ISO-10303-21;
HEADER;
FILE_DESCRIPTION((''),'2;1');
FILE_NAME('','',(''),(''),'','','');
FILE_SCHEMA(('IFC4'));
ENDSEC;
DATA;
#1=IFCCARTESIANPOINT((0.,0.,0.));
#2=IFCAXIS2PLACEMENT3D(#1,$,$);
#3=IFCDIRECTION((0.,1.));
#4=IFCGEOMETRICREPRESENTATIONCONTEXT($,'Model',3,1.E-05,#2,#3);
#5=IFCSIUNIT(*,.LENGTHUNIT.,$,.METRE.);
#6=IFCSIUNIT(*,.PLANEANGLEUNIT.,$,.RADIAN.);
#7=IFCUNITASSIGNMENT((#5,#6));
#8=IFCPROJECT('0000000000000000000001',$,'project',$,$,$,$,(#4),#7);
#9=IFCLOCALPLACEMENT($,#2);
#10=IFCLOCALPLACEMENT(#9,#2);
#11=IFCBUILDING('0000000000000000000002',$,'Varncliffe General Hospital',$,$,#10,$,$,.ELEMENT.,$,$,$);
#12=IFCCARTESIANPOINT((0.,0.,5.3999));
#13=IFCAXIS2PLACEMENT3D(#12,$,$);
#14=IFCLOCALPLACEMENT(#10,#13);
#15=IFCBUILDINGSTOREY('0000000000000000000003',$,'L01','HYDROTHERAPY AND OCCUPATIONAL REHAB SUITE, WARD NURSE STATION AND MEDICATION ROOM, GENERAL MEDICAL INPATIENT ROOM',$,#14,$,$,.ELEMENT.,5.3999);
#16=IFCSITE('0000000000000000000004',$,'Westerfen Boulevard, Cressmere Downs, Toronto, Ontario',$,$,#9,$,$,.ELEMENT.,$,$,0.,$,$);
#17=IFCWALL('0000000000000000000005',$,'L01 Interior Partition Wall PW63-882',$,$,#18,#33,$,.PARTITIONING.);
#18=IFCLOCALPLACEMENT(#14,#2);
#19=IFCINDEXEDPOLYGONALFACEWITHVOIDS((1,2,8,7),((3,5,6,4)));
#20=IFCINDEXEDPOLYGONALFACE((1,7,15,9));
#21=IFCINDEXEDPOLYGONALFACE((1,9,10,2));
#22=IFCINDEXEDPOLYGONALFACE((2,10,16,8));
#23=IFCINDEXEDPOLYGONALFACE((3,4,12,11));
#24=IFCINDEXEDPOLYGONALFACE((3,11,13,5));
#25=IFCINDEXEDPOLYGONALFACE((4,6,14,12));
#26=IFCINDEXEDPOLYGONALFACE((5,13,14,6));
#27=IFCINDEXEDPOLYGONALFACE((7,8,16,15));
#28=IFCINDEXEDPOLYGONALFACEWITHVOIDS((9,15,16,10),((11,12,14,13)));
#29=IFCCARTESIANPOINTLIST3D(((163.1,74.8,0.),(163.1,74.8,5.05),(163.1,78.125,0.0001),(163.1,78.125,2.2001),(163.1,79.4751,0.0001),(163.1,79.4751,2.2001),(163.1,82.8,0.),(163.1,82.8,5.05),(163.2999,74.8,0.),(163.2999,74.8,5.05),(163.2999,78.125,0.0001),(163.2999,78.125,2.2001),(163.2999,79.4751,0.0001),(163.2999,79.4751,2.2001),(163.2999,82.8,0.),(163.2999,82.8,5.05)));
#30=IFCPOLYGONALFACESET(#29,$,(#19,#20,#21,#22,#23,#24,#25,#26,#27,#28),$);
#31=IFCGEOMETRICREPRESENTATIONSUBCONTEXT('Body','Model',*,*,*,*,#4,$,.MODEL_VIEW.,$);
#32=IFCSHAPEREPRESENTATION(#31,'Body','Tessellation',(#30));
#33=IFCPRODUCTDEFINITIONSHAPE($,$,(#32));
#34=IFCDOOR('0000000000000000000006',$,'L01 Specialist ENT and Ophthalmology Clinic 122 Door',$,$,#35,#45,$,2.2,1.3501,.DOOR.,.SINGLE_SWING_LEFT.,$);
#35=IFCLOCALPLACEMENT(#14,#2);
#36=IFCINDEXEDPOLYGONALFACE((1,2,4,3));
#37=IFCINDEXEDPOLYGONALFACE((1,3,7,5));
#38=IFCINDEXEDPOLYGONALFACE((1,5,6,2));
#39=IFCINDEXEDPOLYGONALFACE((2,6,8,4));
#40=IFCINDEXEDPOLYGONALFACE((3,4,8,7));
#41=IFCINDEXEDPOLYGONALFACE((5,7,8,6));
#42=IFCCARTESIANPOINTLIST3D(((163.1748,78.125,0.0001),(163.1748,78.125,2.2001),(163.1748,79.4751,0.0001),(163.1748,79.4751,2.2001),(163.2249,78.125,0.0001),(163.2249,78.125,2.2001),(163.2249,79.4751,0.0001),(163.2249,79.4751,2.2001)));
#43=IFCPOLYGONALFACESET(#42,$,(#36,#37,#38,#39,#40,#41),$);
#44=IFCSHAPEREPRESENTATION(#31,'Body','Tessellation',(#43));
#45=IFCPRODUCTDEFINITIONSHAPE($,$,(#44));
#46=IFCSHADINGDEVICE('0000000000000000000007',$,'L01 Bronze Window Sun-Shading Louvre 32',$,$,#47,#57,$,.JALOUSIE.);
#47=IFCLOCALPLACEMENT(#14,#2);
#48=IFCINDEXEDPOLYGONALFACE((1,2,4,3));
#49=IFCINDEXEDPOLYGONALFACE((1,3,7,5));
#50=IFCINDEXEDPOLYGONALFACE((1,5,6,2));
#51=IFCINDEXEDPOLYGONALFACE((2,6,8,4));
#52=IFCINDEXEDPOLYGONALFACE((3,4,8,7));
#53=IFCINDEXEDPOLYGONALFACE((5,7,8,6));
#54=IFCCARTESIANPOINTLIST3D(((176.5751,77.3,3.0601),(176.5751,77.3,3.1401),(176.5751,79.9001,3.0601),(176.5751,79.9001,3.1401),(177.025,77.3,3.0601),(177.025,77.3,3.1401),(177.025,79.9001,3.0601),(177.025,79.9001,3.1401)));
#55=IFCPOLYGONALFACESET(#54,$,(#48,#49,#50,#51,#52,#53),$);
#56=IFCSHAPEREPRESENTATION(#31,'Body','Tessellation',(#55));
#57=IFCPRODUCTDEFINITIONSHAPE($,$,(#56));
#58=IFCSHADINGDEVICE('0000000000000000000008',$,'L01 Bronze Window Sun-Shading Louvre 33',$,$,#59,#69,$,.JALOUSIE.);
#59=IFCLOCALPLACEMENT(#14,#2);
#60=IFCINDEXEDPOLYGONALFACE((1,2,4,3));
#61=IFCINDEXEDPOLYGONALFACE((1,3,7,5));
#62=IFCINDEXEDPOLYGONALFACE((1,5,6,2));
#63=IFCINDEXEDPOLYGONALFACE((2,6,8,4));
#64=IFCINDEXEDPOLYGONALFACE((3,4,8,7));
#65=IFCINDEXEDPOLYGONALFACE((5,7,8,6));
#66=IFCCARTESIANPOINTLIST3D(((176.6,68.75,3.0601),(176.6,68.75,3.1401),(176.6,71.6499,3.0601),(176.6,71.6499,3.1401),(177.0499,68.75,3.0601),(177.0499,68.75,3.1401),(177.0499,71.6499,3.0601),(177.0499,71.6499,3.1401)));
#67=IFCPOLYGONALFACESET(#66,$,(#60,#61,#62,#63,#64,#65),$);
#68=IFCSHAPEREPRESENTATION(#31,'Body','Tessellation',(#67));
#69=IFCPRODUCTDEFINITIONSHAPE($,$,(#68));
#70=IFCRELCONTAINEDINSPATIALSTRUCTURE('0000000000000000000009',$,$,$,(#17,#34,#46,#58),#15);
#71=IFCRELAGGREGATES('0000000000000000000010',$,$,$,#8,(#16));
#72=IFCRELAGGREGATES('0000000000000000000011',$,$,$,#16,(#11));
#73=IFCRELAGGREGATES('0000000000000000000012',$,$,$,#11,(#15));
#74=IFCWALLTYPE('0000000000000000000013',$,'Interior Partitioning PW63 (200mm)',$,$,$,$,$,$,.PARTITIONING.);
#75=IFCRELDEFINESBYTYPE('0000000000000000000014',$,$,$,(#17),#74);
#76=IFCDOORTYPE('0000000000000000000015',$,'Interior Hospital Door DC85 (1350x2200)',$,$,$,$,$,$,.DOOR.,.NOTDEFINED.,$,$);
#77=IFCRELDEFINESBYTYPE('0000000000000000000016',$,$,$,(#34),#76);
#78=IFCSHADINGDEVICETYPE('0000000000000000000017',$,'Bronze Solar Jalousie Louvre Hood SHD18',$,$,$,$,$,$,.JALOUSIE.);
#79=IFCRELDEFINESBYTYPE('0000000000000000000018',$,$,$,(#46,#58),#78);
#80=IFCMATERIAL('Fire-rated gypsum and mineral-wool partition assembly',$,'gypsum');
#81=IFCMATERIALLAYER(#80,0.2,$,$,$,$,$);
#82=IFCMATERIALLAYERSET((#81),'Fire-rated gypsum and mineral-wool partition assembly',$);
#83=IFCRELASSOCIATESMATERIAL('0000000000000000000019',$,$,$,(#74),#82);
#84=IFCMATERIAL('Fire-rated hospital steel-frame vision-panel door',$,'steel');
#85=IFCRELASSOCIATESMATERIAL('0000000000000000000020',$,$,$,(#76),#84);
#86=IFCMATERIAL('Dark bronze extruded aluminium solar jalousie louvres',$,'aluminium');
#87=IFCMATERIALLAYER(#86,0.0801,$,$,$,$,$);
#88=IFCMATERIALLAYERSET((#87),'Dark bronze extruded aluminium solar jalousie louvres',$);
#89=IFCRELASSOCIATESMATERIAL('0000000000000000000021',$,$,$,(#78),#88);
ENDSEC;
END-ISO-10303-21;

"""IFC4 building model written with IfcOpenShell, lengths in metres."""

from ifc_helpers import new_model, si_unit, direction, frame, frame_2d, origin, origin_2d, place, context, subcontext, project, spatial, rectangle, extrude, material, layer, layer_set, type_object, element, fill, save


model = new_model("IFC4")

# Units and contexts
model_context = context("Model", 3, precision=1e-05, world=origin(), true_north=direction((0.0, 1.0)))
body_context = subcontext(model_context, "Body", "Model", "MODEL_VIEW")
ifc_project = project(units=[si_unit("LENGTHUNIT", "METRE"), si_unit("PLANEANGLEUNIT", "RADIAN")], contexts=[model_context])

# Site, building, storey
site_placement = place(None, origin())
site = spatial("IfcSite", under=ifc_project, at=site_placement, Name="Westerfen Boulevard, Cressmere Downs, Toronto, Ontario", CompositionType="ELEMENT", RefElevation=0.0)
building_placement = place(site_placement, origin())
building = spatial("IfcBuilding", under=site, at=building_placement, Name="Varncliffe General Hospital", CompositionType="ELEMENT")
storey_placement = place(building_placement, frame((0.0, 0.0, 5.3999)))
storey = spatial("IfcBuildingStorey", under=building, at=storey_placement, Name="L01", Description="HYDROTHERAPY AND OCCUPATIONAL REHAB SUITE, WARD NURSE STATION AND MEDICATION ROOM, GENERAL MEDICAL INPATIENT ROOM", CompositionType="ELEMENT", Elevation=5.3999)

# Wall, opening, door
ifc_material_1 = material(Name="Fire-rated gypsum and mineral-wool partition assembly", Category="gypsum")
ifc_layer_1 = layer(ifc_material_1, 0.2)
ifc_layer_set_1 = layer_set([ifc_layer_1], Name="Fire-rated gypsum and mineral-wool partition assembly")
wall_type_1 = type_object("IfcWallType", Name="Interior Partitioning PW63 (200mm)", PredefinedType="PARTITIONING", material=ifc_layer_set_1)
ifc_material_2 = material(Name="Fire-rated hospital steel-frame vision-panel door", Category="steel")
wall_1_placement = place(storey_placement, frame((163.2, 74.8, 0.0), z_axis=(0.0, 0.0, 1.0), x_axis=(0.0, 1.0, 0.0)))
wall_1 = element("IfcWall", 1, at=wall_1_placement, inside=storey, type_object=wall_type_1, Name="L01 Interior Partition Wall PW63-882", PredefinedType="PARTITIONING", context=body_context, shape_type="SweptSolid", body=[
    extrude(rectangle(XDim=8.0, YDim=0.2, at=frame_2d((4.0, 0.0))), origin(), (0.0, 0.0, 1.0), 5.05),
])
opening_1_placement = place(wall_1_placement, frame((3.325, 0.0, 0.0)))
opening_1 = element("IfcOpeningElement", 2, at=opening_1_placement, cuts=wall_1, PredefinedType="OPENING", context=body_context, shape_type="SweptSolid", body=[
    extrude(rectangle(XDim=1.3501, YDim=2.2, at=frame_2d((0.675, 1.1001))), frame((0.0, 0.1099, 0.0), z_axis=(0.0, -1.0, 0.0), x_axis=(1.0, 0.0, 0.0)), (0.0, 0.0, 1.0), 0.22),
])
door_type_1 = type_object("IfcDoorType", Name="Interior Hospital Door DC85 (1350x2200)", OperationType="NOTDEFINED", PredefinedType="DOOR", material=ifc_material_2)
door_1_placement = place(opening_1_placement, frame((1.3501, 0.0, 0.0), z_axis=(0.0, 0.0, 1.0), x_axis=(-1.0, 0.0, 0.0)))
door_1 = element("IfcDoor", 3, at=door_1_placement, inside=storey, type_object=door_type_1, Name="L01 Specialist ENT and Ophthalmology Clinic 122 Door", OperationType="SINGLE_SWING_LEFT", OverallHeight=2.2, OverallWidth=1.3501, PredefinedType="DOOR", context=body_context, shape_type="SweptSolid", body=[
    extrude(rectangle(XDim=1.3501, YDim=2.2, at=frame_2d((0.675, 1.1001))), frame((0.0, 0.0249, 0.0), z_axis=(0.0, -1.0, 0.0), x_axis=(1.0, 0.0, 0.0)), (0.0, 0.0, 1.0), 0.05),
])
fill(opening_1, door_1)

# Shading devices
ifc_material_3 = material(Name="Dark bronze extruded aluminium solar jalousie louvres", Category="aluminium")
ifc_layer_2 = layer(ifc_material_3, 0.0801)
ifc_layer_set_2 = layer_set([ifc_layer_2], Name="Dark bronze extruded aluminium solar jalousie louvres")
shading_device_type = type_object("IfcShadingDeviceType", Name="Bronze Solar Jalousie Louvre Hood SHD18", PredefinedType="JALOUSIE", material=ifc_layer_set_2)
shading_device_1_placement = place(storey_placement, frame((176.8, 78.6001, 3.0601), z_axis=(0.0, 0.0, 1.0), x_axis=(0.0, -1.0, 0.0)))
element("IfcShadingDevice", 4, at=shading_device_1_placement, inside=storey, type_object=shading_device_type, Name="L01 Bronze Window Sun-Shading Louvre 32", PredefinedType="JALOUSIE", context=body_context, shape_type="SweptSolid", body=[
    extrude(rectangle(XDim=2.6001, YDim=0.45, at=origin_2d()), origin(), (0.0, 0.0, 1.0), 0.0801),
])
shading_device_2_placement = place(storey_placement, frame((176.825, 70.2, 3.0601), z_axis=(0.0, 0.0, 1.0), x_axis=(0.0, -1.0, 0.0)))
element("IfcShadingDevice", 5, at=shading_device_2_placement, inside=storey, type_object=shading_device_type, Name="L01 Bronze Window Sun-Shading Louvre 33", PredefinedType="JALOUSIE", context=body_context, shape_type="SweptSolid", body=[
    extrude(rectangle(XDim=2.8999, YDim=0.45, at=origin_2d()), origin(), (0.0, 0.0, 1.0), 0.0801),
])

save(model, "model.ifc")
